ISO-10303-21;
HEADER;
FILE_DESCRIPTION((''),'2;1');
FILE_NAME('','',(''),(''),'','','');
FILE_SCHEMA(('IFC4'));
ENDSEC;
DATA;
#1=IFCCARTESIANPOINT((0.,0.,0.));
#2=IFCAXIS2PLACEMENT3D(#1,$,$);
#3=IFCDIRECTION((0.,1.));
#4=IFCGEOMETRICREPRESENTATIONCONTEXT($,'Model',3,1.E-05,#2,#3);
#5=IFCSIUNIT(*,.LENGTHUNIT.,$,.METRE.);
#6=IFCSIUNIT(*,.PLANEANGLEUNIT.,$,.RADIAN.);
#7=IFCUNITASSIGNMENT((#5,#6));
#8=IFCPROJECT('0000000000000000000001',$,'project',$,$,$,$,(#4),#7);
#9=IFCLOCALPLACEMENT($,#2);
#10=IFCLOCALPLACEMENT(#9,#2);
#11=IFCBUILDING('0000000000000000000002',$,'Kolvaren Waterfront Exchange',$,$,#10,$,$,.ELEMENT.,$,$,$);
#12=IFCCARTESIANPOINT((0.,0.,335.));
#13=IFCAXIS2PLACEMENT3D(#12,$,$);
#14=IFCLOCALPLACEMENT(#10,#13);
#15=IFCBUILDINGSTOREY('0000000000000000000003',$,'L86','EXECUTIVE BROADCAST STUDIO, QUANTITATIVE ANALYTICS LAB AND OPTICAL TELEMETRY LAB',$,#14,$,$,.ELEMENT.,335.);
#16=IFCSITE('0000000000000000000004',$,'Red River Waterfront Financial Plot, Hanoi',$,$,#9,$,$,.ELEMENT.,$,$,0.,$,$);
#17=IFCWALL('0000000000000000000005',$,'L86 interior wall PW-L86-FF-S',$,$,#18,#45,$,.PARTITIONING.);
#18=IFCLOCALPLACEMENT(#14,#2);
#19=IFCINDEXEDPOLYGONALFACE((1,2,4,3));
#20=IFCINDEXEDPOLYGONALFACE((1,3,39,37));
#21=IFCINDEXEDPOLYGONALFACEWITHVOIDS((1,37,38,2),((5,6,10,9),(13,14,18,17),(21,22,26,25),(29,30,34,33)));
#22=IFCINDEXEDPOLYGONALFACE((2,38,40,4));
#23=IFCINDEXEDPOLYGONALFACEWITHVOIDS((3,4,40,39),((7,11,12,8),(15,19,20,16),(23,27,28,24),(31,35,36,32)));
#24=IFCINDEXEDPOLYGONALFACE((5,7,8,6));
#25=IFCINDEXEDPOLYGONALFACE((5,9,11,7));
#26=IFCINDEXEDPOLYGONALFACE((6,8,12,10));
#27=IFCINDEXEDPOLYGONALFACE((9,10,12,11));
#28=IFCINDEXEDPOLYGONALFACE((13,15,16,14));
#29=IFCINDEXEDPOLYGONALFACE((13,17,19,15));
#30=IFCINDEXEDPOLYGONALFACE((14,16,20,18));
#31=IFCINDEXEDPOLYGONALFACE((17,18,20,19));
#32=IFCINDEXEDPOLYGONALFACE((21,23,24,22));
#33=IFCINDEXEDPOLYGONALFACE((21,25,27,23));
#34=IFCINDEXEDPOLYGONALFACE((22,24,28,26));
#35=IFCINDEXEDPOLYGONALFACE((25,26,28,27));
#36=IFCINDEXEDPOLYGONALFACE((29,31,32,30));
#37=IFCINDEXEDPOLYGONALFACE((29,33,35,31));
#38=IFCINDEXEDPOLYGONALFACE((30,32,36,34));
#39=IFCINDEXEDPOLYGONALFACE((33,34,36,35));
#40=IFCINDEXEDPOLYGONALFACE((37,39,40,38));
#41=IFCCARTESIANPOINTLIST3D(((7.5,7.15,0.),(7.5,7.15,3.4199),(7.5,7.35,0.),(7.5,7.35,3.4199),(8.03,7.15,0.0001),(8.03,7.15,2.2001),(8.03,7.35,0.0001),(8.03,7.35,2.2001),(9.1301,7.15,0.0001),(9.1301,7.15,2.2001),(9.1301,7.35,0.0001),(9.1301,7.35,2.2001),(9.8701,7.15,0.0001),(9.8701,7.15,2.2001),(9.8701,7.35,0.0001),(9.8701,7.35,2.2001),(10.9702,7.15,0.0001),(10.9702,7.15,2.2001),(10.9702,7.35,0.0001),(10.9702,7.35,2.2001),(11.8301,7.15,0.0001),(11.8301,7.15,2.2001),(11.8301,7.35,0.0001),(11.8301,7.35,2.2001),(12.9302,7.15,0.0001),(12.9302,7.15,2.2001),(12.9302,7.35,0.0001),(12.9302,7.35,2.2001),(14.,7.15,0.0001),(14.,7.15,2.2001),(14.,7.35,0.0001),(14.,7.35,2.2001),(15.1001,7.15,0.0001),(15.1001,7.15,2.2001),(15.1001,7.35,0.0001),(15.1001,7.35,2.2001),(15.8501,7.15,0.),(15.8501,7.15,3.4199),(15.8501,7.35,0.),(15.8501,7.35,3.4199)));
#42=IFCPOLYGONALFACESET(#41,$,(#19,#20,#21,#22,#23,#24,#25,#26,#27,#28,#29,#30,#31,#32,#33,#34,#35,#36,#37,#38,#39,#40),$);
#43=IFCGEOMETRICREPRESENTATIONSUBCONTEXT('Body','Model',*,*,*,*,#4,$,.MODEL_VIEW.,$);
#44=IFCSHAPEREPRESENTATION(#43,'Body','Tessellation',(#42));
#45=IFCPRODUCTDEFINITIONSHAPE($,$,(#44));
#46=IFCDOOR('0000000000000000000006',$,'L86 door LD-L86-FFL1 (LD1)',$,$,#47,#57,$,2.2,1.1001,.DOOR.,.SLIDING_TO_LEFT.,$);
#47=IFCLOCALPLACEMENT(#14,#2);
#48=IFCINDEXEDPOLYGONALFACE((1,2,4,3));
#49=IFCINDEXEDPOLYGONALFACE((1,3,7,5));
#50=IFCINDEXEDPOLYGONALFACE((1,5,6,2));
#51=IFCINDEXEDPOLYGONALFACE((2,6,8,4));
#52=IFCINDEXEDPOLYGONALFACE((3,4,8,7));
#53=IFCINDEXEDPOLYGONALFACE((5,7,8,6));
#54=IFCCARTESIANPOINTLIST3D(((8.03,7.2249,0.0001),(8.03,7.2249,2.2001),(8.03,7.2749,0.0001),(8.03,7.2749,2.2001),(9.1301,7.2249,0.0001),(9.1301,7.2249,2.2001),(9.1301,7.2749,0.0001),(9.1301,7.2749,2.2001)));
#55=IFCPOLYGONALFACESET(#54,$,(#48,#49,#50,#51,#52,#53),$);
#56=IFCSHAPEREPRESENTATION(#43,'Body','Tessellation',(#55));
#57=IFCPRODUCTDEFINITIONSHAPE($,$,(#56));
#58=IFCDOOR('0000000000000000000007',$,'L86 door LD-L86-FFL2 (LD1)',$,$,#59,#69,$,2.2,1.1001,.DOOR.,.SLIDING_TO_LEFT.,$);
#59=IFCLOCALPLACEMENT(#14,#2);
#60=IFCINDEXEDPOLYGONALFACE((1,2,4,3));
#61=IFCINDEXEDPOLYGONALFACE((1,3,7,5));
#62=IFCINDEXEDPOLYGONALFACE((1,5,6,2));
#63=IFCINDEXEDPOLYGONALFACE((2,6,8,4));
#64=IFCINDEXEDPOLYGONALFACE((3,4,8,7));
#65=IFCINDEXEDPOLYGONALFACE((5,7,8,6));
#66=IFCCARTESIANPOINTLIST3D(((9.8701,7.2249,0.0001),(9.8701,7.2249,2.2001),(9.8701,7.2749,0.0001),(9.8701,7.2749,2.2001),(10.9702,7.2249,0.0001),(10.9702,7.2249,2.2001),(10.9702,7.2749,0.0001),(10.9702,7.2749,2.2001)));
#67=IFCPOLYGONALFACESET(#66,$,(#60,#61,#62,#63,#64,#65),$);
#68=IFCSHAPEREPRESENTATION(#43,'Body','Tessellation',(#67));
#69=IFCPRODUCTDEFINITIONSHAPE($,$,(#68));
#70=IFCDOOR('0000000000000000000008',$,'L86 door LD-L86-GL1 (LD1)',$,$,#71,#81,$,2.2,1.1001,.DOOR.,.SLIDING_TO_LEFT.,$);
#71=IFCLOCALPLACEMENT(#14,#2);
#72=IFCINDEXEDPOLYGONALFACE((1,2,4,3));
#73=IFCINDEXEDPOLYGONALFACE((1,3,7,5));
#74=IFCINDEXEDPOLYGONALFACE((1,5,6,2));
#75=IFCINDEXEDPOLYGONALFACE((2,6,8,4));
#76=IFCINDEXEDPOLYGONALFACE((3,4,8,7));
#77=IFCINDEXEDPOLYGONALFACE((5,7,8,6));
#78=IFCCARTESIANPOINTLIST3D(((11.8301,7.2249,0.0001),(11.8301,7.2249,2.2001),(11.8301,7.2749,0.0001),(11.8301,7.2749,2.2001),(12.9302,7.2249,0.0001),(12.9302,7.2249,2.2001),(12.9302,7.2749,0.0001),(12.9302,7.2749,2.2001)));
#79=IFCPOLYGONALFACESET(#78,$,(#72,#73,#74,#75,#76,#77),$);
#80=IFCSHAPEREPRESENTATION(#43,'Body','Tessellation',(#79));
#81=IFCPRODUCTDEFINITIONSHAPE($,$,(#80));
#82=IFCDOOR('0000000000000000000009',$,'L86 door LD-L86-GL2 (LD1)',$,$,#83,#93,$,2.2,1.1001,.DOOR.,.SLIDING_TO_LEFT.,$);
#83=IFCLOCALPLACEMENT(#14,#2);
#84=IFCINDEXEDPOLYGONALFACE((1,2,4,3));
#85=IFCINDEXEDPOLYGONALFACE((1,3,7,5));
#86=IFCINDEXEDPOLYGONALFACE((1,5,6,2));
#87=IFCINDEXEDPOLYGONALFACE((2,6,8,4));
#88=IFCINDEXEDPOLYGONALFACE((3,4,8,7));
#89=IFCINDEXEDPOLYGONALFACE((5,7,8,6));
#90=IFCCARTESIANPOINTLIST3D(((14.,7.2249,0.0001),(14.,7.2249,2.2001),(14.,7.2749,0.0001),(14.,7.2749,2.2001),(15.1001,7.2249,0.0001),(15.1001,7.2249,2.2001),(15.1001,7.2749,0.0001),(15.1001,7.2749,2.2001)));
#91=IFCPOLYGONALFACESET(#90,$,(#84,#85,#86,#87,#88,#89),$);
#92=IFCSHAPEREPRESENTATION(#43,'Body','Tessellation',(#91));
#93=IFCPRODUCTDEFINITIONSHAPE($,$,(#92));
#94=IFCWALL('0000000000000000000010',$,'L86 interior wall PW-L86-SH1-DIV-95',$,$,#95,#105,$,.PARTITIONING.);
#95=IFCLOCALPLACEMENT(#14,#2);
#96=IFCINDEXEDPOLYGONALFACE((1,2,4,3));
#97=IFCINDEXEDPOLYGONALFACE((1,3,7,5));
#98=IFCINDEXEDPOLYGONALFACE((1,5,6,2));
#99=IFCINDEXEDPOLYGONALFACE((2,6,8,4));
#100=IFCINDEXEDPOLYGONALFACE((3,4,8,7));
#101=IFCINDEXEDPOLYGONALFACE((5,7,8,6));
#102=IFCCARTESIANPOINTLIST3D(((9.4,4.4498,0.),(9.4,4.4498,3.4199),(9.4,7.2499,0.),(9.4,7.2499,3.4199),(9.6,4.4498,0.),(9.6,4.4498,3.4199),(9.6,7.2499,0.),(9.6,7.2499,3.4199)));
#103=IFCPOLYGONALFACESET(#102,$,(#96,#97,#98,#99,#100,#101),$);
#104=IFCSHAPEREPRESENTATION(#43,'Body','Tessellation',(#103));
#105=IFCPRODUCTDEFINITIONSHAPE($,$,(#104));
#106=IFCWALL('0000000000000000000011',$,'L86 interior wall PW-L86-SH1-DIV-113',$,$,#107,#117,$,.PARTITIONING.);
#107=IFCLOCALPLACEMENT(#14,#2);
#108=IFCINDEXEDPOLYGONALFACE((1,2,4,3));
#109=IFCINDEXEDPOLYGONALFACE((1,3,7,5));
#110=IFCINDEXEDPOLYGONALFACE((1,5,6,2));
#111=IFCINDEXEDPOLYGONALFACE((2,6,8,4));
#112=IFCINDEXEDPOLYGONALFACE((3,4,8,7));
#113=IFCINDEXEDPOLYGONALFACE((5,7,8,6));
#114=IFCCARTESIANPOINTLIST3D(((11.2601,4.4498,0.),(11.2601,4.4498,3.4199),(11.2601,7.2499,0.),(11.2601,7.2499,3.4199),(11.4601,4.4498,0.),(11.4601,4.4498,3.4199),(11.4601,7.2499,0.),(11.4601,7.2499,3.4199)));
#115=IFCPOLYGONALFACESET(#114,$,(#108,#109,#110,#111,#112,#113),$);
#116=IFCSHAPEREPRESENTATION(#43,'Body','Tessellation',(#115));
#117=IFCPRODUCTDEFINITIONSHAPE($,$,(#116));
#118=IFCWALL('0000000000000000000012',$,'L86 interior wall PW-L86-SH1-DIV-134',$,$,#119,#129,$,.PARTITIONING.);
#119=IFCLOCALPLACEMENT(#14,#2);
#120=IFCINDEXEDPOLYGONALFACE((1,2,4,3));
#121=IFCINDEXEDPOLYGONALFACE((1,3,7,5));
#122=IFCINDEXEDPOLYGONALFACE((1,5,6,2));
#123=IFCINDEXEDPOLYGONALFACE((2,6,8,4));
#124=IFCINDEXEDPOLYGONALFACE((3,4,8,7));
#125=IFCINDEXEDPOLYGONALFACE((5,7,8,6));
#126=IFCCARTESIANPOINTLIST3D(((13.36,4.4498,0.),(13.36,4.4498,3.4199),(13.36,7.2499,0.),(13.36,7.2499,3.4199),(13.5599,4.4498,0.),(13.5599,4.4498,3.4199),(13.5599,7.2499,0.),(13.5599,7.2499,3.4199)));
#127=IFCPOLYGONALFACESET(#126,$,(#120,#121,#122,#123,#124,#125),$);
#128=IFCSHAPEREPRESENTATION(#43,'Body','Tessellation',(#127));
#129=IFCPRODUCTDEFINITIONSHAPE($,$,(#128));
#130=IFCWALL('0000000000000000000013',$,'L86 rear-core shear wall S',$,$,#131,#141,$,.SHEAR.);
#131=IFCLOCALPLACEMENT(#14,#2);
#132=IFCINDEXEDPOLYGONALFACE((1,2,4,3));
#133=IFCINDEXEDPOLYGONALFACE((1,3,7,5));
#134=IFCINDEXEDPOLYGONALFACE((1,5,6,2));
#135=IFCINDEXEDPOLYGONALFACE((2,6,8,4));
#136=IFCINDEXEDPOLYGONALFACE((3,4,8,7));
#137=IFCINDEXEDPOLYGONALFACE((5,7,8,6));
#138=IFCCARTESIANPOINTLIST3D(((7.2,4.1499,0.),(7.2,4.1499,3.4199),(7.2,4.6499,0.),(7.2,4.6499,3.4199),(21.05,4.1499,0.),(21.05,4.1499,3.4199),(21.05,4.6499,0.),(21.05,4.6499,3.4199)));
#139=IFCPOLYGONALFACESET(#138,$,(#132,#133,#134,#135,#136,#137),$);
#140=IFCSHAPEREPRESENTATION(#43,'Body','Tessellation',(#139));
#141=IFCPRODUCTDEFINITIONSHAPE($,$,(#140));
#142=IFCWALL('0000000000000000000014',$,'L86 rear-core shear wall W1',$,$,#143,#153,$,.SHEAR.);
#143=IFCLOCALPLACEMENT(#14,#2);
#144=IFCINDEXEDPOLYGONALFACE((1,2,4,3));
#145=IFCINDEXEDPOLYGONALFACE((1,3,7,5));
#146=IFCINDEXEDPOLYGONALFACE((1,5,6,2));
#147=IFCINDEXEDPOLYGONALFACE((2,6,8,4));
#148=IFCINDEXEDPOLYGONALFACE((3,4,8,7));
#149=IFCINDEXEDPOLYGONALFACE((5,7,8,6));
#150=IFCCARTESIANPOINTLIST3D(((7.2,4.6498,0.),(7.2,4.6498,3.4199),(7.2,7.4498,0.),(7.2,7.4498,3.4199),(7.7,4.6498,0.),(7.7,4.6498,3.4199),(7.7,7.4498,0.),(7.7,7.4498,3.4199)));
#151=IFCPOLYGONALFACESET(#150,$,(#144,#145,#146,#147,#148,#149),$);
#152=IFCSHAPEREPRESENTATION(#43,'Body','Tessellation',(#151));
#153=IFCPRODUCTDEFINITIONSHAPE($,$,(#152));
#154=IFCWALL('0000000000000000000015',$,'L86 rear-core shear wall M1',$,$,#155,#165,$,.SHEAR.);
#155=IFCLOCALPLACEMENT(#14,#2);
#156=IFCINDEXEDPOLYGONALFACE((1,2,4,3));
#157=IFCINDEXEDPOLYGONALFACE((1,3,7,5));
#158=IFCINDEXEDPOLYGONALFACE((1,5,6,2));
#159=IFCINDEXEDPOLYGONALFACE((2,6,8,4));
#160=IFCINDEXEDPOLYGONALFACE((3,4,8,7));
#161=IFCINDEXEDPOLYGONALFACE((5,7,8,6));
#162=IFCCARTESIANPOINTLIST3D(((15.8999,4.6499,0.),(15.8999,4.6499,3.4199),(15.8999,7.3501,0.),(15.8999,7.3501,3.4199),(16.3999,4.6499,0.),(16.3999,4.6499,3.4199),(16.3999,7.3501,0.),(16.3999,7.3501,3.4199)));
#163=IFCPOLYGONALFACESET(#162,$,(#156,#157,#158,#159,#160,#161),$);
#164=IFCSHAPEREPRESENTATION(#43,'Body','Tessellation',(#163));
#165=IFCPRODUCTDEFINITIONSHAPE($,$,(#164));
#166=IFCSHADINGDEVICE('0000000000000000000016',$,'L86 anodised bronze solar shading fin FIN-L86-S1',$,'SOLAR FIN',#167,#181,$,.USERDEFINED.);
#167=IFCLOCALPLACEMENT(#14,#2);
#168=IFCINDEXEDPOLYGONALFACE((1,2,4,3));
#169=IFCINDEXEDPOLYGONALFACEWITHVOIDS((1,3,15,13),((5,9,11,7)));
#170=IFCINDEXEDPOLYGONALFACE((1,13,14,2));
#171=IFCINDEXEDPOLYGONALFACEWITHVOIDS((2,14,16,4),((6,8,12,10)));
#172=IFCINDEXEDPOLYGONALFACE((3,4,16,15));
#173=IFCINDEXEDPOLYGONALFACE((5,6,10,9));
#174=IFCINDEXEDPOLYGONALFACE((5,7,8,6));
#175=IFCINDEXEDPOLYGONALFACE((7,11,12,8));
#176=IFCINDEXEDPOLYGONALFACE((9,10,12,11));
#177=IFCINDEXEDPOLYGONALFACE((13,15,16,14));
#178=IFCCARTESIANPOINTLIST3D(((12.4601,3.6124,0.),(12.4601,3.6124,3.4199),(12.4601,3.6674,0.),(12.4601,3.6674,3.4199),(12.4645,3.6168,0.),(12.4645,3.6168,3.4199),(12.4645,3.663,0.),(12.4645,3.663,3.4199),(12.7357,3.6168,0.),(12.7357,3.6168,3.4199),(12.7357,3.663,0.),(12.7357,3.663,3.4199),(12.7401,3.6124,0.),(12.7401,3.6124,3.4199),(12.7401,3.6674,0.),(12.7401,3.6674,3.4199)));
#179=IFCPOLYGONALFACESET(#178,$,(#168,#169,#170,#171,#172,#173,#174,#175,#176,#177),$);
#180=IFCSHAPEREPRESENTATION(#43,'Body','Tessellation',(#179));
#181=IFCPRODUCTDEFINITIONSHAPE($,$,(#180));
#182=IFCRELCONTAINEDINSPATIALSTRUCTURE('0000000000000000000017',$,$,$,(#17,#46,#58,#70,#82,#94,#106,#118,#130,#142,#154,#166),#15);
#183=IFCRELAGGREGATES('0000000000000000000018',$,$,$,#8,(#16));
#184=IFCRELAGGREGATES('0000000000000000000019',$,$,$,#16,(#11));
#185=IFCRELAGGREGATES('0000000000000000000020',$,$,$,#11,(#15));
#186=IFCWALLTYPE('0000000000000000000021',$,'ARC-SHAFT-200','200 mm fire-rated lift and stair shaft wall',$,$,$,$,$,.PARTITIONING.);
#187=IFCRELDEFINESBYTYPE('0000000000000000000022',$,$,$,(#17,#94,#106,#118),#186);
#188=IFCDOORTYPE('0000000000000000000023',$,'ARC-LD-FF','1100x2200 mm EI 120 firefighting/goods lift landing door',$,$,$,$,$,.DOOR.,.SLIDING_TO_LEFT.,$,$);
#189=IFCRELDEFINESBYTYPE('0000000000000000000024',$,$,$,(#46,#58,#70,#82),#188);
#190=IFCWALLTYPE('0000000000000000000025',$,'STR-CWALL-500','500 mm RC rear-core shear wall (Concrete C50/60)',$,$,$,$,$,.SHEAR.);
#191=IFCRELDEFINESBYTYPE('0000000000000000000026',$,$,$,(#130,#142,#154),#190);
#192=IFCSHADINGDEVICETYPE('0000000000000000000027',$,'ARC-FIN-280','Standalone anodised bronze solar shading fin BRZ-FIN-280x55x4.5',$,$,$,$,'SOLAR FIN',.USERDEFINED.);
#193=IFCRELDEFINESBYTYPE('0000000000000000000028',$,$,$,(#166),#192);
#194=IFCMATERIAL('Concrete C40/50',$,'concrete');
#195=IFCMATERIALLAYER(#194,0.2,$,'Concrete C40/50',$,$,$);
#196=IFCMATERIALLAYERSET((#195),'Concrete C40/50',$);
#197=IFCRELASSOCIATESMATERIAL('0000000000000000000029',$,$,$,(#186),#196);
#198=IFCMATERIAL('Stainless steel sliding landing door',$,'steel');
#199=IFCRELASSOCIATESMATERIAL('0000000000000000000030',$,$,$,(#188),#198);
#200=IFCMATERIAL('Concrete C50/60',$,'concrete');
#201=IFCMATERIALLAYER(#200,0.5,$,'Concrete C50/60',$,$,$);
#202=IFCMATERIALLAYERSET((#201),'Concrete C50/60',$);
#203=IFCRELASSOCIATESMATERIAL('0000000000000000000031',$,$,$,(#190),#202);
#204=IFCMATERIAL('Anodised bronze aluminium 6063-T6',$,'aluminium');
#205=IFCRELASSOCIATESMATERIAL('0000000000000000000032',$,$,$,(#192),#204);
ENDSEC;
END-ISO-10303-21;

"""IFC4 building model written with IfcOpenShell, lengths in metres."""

from ifc_helpers import new_model, si_unit, direction, frame, frame_2d, origin, origin_2d, place, context, subcontext, project, spatial, rectangle, hollow_rectangle, extrude, material, layer, layer_set, material_profile, profile_set, type_object, element, fill, save


model = new_model("IFC4")

# Units and contexts
model_context = context("Model", 3, precision=1e-05, world=origin(), true_north=direction((0.0, 1.0)))
body_context = subcontext(model_context, "Body", "Model", "MODEL_VIEW")
ifc_project = project(units=[si_unit("LENGTHUNIT", "METRE"), si_unit("PLANEANGLEUNIT", "RADIAN")], contexts=[model_context])

# Site, building, storey
site_placement = place(None, origin())
site = spatial("IfcSite", under=ifc_project, at=site_placement, Name="Red River Waterfront Financial Plot, Hanoi", CompositionType="ELEMENT", RefElevation=0.0)
building_placement = place(site_placement, origin())
building = spatial("IfcBuilding", under=site, at=building_placement, Name="Kolvaren Waterfront Exchange", CompositionType="ELEMENT")
storey_placement = place(building_placement, frame((0.0, 0.0, 335.0)))
storey = spatial("IfcBuildingStorey", under=building, at=storey_placement, Name="L86", Description="EXECUTIVE BROADCAST STUDIO, QUANTITATIVE ANALYTICS LAB AND OPTICAL TELEMETRY LAB", CompositionType="ELEMENT", Elevation=335.0)

# Shared definitions
ifc_material_1 = material(Name="Concrete C50/60", Category="concrete")

# Shared definitions
ifc_material_2 = material(Name="Anodised bronze aluminium 6063-T6", Category="aluminium")

# Wall, openings, doors
ifc_material_3 = material(Name="Concrete C40/50", Category="concrete")
ifc_layer_1 = layer(ifc_material_3, 0.2, Name="Concrete C40/50")
ifc_layer_set_1 = layer_set([ifc_layer_1], Name="Concrete C40/50")
wall_type_1 = type_object("IfcWallType", Name="ARC-SHAFT-200", Description="200 mm fire-rated lift and stair shaft wall", PredefinedType="PARTITIONING", material=ifc_layer_set_1)
wall_1_placement = place(storey_placement, frame((7.5, 7.25, 0.0), z_axis=(0.0, 0.0, 1.0), x_axis=(1.0, 0.0, 0.0)))
wall_1 = element("IfcWall", 1, at=wall_1_placement, inside=storey, type_object=wall_type_1, Name="L86 interior wall PW-L86-FF-S", PredefinedType="PARTITIONING", context=body_context, shape_type="SweptSolid", body=[
    extrude(rectangle(XDim=8.3501, YDim=0.2, at=frame_2d((4.175, 0.0))), origin(), (0.0, 0.0, 1.0), 3.4199),
])
opening_1_placement = place(wall_1_placement, frame((0.53, 0.0, 0.0)))
opening_1 = element("IfcOpeningElement", 2, at=opening_1_placement, cuts=wall_1, PredefinedType="OPENING", context=body_context, shape_type="SweptSolid", body=[
    extrude(rectangle(XDim=1.1001, YDim=2.2, at=frame_2d((0.55, 1.1001))), frame((0.0, 0.1099, 0.0), z_axis=(0.0, -1.0, 0.0), x_axis=(1.0, 0.0, 0.0)), (0.0, 0.0, 1.0), 0.22),
])
opening_2_placement = place(wall_1_placement, frame((2.3701, 0.0, 0.0)))
opening_2 = element("IfcOpeningElement", 3, at=opening_2_placement, cuts=wall_1, PredefinedType="OPENING", context=body_context, shape_type="SweptSolid", body=[
    extrude(rectangle(XDim=1.1001, YDim=2.2, at=frame_2d((0.55, 1.1001))), frame((0.0, 0.1099, 0.0), z_axis=(0.0, -1.0, 0.0), x_axis=(1.0, 0.0, 0.0)), (0.0, 0.0, 1.0), 0.22),
])
opening_3_placement = place(wall_1_placement, frame((4.3301, 0.0, 0.0)))
opening_3 = element("IfcOpeningElement", 4, at=opening_3_placement, cuts=wall_1, PredefinedType="OPENING", context=body_context, shape_type="SweptSolid", body=[
    extrude(rectangle(XDim=1.1001, YDim=2.2, at=frame_2d((0.55, 1.1001))), frame((0.0, 0.1099, 0.0), z_axis=(0.0, -1.0, 0.0), x_axis=(1.0, 0.0, 0.0)), (0.0, 0.0, 1.0), 0.22),
])
opening_4_placement = place(wall_1_placement, frame((6.5, 0.0, 0.0)))
opening_4 = element("IfcOpeningElement", 5, at=opening_4_placement, cuts=wall_1, PredefinedType="OPENING", context=body_context, shape_type="SweptSolid", body=[
    extrude(rectangle(XDim=1.1001, YDim=2.2, at=frame_2d((0.55, 1.1001))), frame((0.0, 0.1099, 0.0), z_axis=(0.0, -1.0, 0.0), x_axis=(1.0, 0.0, 0.0)), (0.0, 0.0, 1.0), 0.22),
])
ifc_material_4 = material(Name="Stainless steel sliding landing door", Category="steel")
door_type = type_object("IfcDoorType", Name="ARC-LD-FF", Description="1100x2200 mm EI 120 firefighting/goods lift landing door", OperationType="SLIDING_TO_LEFT", PredefinedType="DOOR", material=ifc_material_4)
door_1_placement = place(opening_1_placement, origin())
door_1 = element("IfcDoor", 6, at=door_1_placement, inside=storey, type_object=door_type, Name="L86 door LD-L86-FFL1 (LD1)", OperationType="SLIDING_TO_LEFT", OverallHeight=2.2, OverallWidth=1.1001, PredefinedType="DOOR", context=body_context, shape_type="SweptSolid", body=[
    extrude(rectangle(XDim=1.1001, YDim=2.2, at=frame_2d((0.55, 1.1001))), frame((0.0, 0.0249, 0.0), z_axis=(0.0, -1.0, 0.0), x_axis=(1.0, 0.0, 0.0)), (0.0, 0.0, 1.0), 0.05),
])
fill(opening_1, door_1)
door_2_placement = place(opening_2_placement, origin())
door_2 = element("IfcDoor", 7, at=door_2_placement, inside=storey, type_object=door_type, Name="L86 door LD-L86-FFL2 (LD1)", OperationType="SLIDING_TO_LEFT", OverallHeight=2.2, OverallWidth=1.1001, PredefinedType="DOOR", context=body_context, shape_type="SweptSolid", body=[
    extrude(rectangle(XDim=1.1001, YDim=2.2, at=frame_2d((0.55, 1.1001))), frame((0.0, 0.0249, 0.0), z_axis=(0.0, -1.0, 0.0), x_axis=(1.0, 0.0, 0.0)), (0.0, 0.0, 1.0), 0.05),
])
fill(opening_2, door_2)
door_3_placement = place(opening_3_placement, origin())
door_3 = element("IfcDoor", 8, at=door_3_placement, inside=storey, type_object=door_type, Name="L86 door LD-L86-GL1 (LD1)", OperationType="SLIDING_TO_LEFT", OverallHeight=2.2, OverallWidth=1.1001, PredefinedType="DOOR", context=body_context, shape_type="SweptSolid", body=[
    extrude(rectangle(XDim=1.1001, YDim=2.2, at=frame_2d((0.55, 1.1001))), frame((0.0, 0.0249, 0.0), z_axis=(0.0, -1.0, 0.0), x_axis=(1.0, 0.0, 0.0)), (0.0, 0.0, 1.0), 0.05),
])
fill(opening_3, door_3)
door_4_placement = place(opening_4_placement, origin())
door_4 = element("IfcDoor", 9, at=door_4_placement, inside=storey, type_object=door_type, Name="L86 door LD-L86-GL2 (LD1)", OperationType="SLIDING_TO_LEFT", OverallHeight=2.2, OverallWidth=1.1001, PredefinedType="DOOR", context=body_context, shape_type="SweptSolid", body=[
    extrude(rectangle(XDim=1.1001, YDim=2.2, at=frame_2d((0.55, 1.1001))), frame((0.0, 0.0249, 0.0), z_axis=(0.0, -1.0, 0.0), x_axis=(1.0, 0.0, 0.0)), (0.0, 0.0, 1.0), 0.05),
])
fill(opening_4, door_4)

# Walls
for number, where, z_axis, x_axis, name in (
    (10, (9.5, 4.45, 0.0), (0.0, 0.0, 1.0), (0.0, 1.0, 0.0), "L86 interior wall PW-L86-SH1-DIV-95"),
    (11, (11.3601, 4.45, 0.0), (0.0, 0.0, 1.0), (0.0, 1.0, 0.0), "L86 interior wall PW-L86-SH1-DIV-113"),
    (12, (13.46, 4.45, 0.0), (0.0, 0.0, 1.0), (0.0, 1.0, 0.0), "L86 interior wall PW-L86-SH1-DIV-134"),
):
    element("IfcWall", number, at=place(storey_placement, frame(where, z_axis=z_axis, x_axis=x_axis)), inside=storey, type_object=wall_type_1, Name=name, PredefinedType="PARTITIONING", context=body_context, shape_type="SweptSolid", body=[
        extrude(rectangle(XDim=2.8, YDim=0.2, at=frame_2d((1.3999, 0.0))), origin(), (0.0, 0.0, 1.0), 3.4199),
    ])
ifc_layer_2 = layer(ifc_material_1, 0.5, Name="Concrete C50/60")
ifc_layer_set_2 = layer_set([ifc_layer_2], Name="Concrete C50/60")
wall_type_2 = type_object("IfcWallType", Name="STR-CWALL-500", Description="500 mm RC rear-core shear wall (Concrete C50/60)", PredefinedType="SHEAR", material=ifc_layer_set_2)
wall_2_placement = place(storey_placement, frame((7.2, 4.3999, 0.0), z_axis=(0.0, 0.0, 1.0), x_axis=(1.0, 0.0, 0.0)))
element("IfcWall", 13, at=wall_2_placement, inside=storey, type_object=wall_type_2, Name="L86 rear-core shear wall S", PredefinedType="SHEAR", context=body_context, shape_type="SweptSolid", body=[
    extrude(rectangle(XDim=13.8501, YDim=0.5, at=frame_2d((6.925, 0.0))), origin(), (0.0, 0.0, 1.0), 3.4199),
])
wall_3_placement = place(storey_placement, frame((7.45, 4.6499, 0.0), z_axis=(0.0, 0.0, 1.0), x_axis=(0.0, 1.0, 0.0)))
element("IfcWall", 14, at=wall_3_placement, inside=storey, type_object=wall_type_2, Name="L86 rear-core shear wall W1", PredefinedType="SHEAR", context=body_context, shape_type="SweptSolid", body=[
    extrude(rectangle(XDim=2.8, YDim=0.5, at=frame_2d((1.3999, 0.0))), origin(), (0.0, 0.0, 1.0), 3.4199),
])
wall_4_placement = place(storey_placement, frame((16.1499, 4.6499, 0.0), z_axis=(0.0, 0.0, 1.0), x_axis=(0.0, 1.0, 0.0)))
element("IfcWall", 15, at=wall_4_placement, inside=storey, type_object=wall_type_2, Name="L86 rear-core shear wall M1", PredefinedType="SHEAR", context=body_context, shape_type="SweptSolid", body=[
    extrude(rectangle(XDim=2.7002, YDim=0.5, at=frame_2d((1.3501, 0.0))), origin(), (0.0, 0.0, 1.0), 3.4199),
])

# Shading device
ifc_material_profile_1 = material_profile(ifc_material_2, hollow_rectangle(XDim=0.0549, YDim=0.28, WallThickness=0.0044, at=origin_2d()), Name="BRZ-FIN-280x55x4.5")
ifc_profile_set_1 = profile_set([ifc_material_profile_1], Name="Anodised bronze aluminium 6063-T6")
shading_device_type = type_object("IfcShadingDeviceType", Name="ARC-FIN-280", Description="Standalone anodised bronze solar shading fin BRZ-FIN-280x55x4.5", ElementType="SOLAR FIN", PredefinedType="USERDEFINED", material=ifc_profile_set_1)
shading_device_placement = place(storey_placement, frame((12.6001, 3.6399, 0.0), z_axis=(0.0, 0.0, 1.0), x_axis=(0.0, -1.0, 0.0)))
element("IfcShadingDevice", 16, at=shading_device_placement, inside=storey, type_object=shading_device_type, Name="L86 anodised bronze solar shading fin FIN-L86-S1", ObjectType="SOLAR FIN", PredefinedType="USERDEFINED", context=body_context, shape_type="SweptSolid", body=[
    extrude(hollow_rectangle(XDim=0.0549, YDim=0.28, WallThickness=0.0044, at=origin_2d()), origin(), (0.0, 0.0, 1.0), 3.4199),
])

save(model, "model.ifc")
